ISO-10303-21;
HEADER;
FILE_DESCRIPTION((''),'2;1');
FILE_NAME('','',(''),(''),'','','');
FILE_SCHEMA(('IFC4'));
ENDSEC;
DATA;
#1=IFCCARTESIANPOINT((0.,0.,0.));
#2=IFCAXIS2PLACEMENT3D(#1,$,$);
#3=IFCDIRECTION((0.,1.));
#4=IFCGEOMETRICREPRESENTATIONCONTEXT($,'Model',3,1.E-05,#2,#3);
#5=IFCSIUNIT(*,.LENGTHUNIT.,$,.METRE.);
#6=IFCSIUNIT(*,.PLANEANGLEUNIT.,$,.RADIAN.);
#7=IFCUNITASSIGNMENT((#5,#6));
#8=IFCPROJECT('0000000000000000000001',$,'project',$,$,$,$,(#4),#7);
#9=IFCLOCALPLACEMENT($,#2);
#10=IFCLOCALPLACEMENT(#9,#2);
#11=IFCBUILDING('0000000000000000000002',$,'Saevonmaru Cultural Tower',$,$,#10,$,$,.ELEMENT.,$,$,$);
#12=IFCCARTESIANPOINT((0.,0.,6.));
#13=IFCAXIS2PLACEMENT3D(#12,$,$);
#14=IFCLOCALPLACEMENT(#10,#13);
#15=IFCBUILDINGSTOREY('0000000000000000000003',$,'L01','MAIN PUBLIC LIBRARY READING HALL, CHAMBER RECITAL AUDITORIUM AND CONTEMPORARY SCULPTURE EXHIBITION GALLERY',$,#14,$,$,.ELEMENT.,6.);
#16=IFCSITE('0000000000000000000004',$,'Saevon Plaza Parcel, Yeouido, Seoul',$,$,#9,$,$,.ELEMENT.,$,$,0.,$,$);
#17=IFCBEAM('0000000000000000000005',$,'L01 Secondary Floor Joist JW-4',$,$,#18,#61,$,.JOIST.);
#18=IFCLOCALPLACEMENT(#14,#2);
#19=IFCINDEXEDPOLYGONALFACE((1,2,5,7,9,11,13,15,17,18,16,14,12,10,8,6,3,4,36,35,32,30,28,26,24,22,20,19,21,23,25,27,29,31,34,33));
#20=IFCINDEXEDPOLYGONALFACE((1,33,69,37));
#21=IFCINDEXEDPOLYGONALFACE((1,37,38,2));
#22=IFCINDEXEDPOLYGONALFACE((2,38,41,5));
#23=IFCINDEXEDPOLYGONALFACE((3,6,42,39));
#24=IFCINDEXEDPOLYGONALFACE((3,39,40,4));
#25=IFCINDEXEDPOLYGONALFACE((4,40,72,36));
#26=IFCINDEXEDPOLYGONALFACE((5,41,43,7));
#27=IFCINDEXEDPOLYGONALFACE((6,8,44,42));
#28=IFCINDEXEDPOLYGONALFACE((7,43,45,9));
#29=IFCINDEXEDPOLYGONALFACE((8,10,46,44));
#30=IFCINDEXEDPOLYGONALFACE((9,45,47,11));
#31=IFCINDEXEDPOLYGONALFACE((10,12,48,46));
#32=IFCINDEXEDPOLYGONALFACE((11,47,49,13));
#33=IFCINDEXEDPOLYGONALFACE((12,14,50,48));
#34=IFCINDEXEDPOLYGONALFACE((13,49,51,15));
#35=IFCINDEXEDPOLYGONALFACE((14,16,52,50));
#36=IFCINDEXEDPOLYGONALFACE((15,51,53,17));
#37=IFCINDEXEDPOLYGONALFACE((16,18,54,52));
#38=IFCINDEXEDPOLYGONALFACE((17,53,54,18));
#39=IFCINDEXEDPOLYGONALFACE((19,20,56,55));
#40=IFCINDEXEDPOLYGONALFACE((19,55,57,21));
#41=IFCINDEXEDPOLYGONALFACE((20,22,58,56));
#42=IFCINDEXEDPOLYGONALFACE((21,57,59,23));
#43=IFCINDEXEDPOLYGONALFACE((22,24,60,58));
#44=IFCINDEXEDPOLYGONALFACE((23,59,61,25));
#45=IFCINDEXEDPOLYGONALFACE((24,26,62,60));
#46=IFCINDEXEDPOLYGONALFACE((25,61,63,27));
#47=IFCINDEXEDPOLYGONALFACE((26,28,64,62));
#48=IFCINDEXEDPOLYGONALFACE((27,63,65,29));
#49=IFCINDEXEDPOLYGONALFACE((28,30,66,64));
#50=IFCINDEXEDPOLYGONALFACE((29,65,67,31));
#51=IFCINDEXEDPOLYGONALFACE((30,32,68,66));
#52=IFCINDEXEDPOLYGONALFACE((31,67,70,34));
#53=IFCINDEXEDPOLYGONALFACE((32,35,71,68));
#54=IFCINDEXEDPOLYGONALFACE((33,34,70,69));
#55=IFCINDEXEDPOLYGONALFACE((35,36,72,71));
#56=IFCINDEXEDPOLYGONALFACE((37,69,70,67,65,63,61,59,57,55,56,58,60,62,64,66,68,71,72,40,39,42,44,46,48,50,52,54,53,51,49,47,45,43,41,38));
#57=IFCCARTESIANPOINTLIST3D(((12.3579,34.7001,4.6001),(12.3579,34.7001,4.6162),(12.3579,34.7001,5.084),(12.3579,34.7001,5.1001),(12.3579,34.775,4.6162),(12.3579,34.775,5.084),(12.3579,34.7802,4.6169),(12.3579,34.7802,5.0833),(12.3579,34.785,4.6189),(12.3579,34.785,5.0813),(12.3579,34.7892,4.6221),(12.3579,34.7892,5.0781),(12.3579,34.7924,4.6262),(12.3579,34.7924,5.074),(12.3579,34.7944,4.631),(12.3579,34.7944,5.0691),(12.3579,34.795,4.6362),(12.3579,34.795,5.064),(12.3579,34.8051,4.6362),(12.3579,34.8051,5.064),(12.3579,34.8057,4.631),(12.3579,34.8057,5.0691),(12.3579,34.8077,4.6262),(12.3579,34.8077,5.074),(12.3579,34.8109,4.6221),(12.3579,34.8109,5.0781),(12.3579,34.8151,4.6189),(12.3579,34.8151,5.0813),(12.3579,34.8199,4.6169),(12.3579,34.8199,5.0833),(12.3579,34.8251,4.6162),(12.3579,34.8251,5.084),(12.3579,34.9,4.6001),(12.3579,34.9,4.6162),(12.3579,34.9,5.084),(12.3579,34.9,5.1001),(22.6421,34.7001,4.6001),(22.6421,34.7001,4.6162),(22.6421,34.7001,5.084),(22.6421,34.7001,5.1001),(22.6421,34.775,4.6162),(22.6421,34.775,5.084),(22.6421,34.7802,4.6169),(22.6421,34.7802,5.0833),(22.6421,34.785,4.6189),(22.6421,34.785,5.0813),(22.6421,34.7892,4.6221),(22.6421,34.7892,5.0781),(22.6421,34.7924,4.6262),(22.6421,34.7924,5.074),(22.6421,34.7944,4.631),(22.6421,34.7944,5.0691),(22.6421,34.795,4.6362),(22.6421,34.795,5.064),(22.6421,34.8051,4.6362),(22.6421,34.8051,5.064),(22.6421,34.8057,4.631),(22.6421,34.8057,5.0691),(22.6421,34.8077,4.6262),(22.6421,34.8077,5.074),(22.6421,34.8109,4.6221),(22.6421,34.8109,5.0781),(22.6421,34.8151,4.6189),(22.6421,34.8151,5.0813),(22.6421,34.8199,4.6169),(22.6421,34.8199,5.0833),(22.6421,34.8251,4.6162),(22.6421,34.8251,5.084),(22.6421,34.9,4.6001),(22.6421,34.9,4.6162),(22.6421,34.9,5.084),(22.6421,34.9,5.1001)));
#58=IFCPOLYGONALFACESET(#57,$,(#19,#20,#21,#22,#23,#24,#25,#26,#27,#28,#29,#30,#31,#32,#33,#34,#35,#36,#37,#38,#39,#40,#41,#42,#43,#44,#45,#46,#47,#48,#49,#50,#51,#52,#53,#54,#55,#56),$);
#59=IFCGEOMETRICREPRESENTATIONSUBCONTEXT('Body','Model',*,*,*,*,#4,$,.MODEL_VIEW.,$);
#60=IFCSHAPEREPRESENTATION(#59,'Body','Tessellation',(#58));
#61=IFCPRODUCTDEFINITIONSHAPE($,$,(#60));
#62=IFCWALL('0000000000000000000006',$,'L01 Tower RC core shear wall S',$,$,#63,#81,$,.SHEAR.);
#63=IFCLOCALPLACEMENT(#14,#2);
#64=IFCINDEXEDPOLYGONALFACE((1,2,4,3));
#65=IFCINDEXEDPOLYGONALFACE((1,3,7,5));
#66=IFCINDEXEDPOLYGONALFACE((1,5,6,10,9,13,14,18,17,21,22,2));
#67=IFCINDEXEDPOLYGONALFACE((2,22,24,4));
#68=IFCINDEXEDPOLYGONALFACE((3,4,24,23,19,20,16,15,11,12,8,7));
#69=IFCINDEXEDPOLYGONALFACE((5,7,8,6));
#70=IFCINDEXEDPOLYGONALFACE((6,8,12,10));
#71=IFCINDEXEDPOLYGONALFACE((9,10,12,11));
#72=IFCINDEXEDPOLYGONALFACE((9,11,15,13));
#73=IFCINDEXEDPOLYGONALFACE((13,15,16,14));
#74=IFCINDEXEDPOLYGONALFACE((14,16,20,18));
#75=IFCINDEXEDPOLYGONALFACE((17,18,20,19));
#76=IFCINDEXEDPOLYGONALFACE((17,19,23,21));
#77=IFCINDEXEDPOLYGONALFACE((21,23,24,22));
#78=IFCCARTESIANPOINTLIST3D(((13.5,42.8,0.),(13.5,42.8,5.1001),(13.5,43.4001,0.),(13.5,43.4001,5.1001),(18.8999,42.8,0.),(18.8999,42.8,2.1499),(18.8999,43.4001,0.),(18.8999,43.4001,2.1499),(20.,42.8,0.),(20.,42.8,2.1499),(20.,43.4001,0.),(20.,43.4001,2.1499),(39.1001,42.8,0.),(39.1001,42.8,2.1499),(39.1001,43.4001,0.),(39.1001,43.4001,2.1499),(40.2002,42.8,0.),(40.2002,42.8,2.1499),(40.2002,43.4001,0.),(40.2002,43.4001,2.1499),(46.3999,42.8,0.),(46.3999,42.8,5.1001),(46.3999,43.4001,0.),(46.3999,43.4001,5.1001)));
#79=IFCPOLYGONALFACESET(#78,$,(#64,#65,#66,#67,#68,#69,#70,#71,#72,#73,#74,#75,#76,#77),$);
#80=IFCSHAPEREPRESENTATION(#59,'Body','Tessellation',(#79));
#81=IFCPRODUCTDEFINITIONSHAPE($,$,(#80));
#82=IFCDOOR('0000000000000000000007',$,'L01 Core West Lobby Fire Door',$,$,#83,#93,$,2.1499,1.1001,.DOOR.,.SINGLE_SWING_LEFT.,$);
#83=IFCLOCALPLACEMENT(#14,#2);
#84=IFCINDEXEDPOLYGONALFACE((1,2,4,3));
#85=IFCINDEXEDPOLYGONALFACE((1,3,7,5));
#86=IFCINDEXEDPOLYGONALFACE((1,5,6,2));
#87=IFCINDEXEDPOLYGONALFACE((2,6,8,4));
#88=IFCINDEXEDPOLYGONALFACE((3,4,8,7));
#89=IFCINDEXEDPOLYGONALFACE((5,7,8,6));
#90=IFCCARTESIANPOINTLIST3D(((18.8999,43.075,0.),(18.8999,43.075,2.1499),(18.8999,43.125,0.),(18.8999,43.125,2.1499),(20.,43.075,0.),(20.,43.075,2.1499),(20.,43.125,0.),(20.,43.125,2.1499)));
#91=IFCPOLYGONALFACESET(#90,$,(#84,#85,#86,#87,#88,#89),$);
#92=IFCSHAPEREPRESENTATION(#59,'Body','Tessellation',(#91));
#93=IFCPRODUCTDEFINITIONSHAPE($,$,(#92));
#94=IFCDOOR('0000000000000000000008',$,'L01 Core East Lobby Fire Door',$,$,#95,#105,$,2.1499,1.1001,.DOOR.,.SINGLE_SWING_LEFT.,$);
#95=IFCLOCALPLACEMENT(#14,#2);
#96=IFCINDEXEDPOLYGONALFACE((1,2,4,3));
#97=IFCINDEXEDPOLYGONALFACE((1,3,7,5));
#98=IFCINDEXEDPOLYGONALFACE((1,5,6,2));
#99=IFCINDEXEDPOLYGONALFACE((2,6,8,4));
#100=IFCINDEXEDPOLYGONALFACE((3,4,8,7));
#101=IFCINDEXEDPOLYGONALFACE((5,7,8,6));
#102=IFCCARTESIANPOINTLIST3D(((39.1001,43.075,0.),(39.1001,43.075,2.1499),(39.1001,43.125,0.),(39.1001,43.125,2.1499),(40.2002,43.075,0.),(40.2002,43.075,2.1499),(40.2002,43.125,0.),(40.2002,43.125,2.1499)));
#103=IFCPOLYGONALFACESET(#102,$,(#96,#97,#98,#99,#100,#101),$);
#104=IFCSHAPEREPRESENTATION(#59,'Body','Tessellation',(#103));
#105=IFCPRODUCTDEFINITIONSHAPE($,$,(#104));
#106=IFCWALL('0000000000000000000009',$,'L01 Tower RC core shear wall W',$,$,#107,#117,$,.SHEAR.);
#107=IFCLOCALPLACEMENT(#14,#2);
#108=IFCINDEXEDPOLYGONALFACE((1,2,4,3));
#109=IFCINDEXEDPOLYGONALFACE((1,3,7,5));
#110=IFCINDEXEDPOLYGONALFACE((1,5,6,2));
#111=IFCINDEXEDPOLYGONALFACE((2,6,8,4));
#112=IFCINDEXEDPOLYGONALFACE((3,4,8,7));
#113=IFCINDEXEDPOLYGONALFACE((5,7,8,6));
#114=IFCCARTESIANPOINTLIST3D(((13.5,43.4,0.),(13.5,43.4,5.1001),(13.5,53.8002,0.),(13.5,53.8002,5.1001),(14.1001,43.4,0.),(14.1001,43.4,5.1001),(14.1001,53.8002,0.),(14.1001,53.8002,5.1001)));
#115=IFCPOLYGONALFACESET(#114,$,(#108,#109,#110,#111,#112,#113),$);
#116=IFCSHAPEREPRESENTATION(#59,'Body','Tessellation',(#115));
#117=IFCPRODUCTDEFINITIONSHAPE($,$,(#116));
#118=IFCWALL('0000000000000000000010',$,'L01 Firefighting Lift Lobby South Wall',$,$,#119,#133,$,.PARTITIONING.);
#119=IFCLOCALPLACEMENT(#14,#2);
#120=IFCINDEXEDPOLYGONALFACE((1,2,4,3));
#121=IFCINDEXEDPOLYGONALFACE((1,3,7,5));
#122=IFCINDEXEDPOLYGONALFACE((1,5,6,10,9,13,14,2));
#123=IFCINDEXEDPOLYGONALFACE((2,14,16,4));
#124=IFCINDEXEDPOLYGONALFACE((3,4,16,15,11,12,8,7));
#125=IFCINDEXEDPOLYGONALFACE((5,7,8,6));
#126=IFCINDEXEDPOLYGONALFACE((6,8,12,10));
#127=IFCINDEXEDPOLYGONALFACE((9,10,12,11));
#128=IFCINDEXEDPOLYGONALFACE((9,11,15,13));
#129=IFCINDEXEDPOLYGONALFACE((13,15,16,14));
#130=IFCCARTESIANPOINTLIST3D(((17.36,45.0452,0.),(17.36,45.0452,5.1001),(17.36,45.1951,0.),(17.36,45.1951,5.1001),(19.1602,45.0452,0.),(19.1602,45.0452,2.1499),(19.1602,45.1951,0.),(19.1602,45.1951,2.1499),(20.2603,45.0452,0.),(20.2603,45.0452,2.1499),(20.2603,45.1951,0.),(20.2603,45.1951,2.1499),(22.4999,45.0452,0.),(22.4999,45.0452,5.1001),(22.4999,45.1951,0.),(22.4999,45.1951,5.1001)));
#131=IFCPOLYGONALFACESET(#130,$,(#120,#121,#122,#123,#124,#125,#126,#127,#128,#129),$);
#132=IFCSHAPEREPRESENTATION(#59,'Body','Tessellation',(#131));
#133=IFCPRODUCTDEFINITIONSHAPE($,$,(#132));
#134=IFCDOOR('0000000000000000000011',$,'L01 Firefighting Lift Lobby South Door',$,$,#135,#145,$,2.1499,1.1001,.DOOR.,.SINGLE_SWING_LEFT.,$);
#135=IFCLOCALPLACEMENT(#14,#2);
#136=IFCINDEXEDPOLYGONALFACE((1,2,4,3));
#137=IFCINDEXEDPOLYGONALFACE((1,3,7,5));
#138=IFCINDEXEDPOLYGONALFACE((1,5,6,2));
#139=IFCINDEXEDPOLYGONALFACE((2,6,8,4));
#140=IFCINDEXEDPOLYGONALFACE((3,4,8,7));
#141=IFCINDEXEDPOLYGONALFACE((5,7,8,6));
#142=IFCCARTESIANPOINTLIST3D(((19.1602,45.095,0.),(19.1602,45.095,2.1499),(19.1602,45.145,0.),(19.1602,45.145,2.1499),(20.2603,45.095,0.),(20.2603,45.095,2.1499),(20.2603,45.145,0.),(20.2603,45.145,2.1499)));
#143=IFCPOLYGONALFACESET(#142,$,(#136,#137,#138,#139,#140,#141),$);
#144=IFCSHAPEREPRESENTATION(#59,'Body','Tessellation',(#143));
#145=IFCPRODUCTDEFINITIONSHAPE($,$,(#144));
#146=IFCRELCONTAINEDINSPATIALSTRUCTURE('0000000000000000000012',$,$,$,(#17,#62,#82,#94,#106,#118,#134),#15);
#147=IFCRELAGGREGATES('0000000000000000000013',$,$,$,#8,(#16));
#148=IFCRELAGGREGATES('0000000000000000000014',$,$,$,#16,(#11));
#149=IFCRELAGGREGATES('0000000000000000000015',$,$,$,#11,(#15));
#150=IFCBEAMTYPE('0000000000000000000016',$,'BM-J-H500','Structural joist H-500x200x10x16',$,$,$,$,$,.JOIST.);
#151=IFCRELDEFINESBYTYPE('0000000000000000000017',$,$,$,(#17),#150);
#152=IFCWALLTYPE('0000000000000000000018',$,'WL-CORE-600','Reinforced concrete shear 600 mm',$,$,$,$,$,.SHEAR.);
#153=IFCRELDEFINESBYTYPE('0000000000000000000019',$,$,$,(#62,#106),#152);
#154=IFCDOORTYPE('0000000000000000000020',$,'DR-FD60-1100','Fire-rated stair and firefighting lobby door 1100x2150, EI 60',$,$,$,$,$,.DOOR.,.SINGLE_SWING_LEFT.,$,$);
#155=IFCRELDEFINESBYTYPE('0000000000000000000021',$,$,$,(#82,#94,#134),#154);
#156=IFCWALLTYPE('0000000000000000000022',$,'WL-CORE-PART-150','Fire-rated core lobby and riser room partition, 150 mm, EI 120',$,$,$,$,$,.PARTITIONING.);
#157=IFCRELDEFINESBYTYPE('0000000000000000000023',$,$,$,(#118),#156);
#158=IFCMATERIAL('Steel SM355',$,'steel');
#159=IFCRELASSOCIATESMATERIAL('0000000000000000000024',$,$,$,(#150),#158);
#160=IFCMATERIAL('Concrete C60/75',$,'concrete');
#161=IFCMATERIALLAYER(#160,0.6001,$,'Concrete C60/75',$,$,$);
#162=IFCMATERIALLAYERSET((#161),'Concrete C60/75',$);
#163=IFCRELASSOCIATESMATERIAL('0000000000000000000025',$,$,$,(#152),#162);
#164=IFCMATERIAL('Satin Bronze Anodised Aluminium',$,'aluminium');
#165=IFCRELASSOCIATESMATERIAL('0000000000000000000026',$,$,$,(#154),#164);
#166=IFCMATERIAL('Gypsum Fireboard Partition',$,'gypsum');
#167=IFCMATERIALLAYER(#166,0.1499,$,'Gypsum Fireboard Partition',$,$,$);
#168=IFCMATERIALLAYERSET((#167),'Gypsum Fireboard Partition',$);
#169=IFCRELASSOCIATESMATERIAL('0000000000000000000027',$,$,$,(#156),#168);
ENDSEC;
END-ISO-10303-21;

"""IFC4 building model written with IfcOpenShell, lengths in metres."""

from ifc_helpers import new_model, si_unit, direction, frame, frame_2d, origin, origin_2d, place, context, subcontext, project, spatial, rectangle, i_section, extrude, material, layer, layer_set, material_profile, profile_set, type_object, element, fill, save


model = new_model("IFC4")

# Units and contexts
model_context = context("Model", 3, precision=1e-05, world=origin(), true_north=direction((0.0, 1.0)))
body_context = subcontext(model_context, "Body", "Model", "MODEL_VIEW")
ifc_project = project(units=[si_unit("LENGTHUNIT", "METRE"), si_unit("PLANEANGLEUNIT", "RADIAN")], contexts=[model_context])

# Site, building, storey
site_placement = place(None, origin())
site = spatial("IfcSite", under=ifc_project, at=site_placement, Name="Saevon Plaza Parcel, Yeouido, Seoul", CompositionType="ELEMENT", RefElevation=0.0)
building_placement = place(site_placement, origin())
building = spatial("IfcBuilding", under=site, at=building_placement, Name="Saevonmaru Cultural Tower", CompositionType="ELEMENT")
storey_placement = place(building_placement, frame((0.0, 0.0, 6.0)))
storey = spatial("IfcBuildingStorey", under=building, at=storey_placement, Name="L01", Description="MAIN PUBLIC LIBRARY READING HALL, CHAMBER RECITAL AUDITORIUM AND CONTEMPORARY SCULPTURE EXHIBITION GALLERY", CompositionType="ELEMENT", Elevation=6.0)

# Beam
ifc_material_1 = material(Name="Steel SM355", Category="steel")
ifc_material_profile_1 = material_profile(ifc_material_1, i_section(OverallWidth=0.2, OverallDepth=0.5, WebThickness=0.01, FlangeThickness=0.0161, FilletRadius=0.02, at=origin_2d()), Name="H-500x200x10x16")
ifc_profile_set_1 = profile_set([ifc_material_profile_1], Name="Steel SM355")
beam_type_1 = type_object("IfcBeamType", Name="BM-J-H500", Description="Structural joist H-500x200x10x16", PredefinedType="JOIST", material=ifc_profile_set_1)
beam_1_placement = place(storey_placement, frame((12.3579, 34.8, 4.8501), z_axis=(1.0, 0.0, 0.0), x_axis=(0.0, 1.0, 0.0)))
element("IfcBeam", 1, at=beam_1_placement, inside=storey, type_object=beam_type_1, Name="L01 Secondary Floor Joist JW-4", PredefinedType="JOIST", context=body_context, shape_type="SweptSolid", body=[
    extrude(i_section(OverallWidth=0.2, OverallDepth=0.5, WebThickness=0.01, FlangeThickness=0.0161, FilletRadius=0.02, at=origin_2d()), origin(), (0.0, 0.0, 1.0), 10.2842),
])

# Wall, openings, doors
ifc_material_2 = material(Name="Concrete C60/75", Category="concrete")
ifc_layer_1 = layer(ifc_material_2, 0.6001, Name="Concrete C60/75")
ifc_layer_set_1 = layer_set([ifc_layer_1], Name="Concrete C60/75")
wall_type_1 = type_object("IfcWallType", Name="WL-CORE-600", Description="Reinforced concrete shear 600 mm", PredefinedType="SHEAR", material=ifc_layer_set_1)
wall_1_placement = place(storey_placement, frame((13.5, 43.1001, 0.0), z_axis=(0.0, 0.0, 1.0), x_axis=(1.0, 0.0, 0.0)))
wall_1 = element("IfcWall", 2, at=wall_1_placement, inside=storey, type_object=wall_type_1, Name="L01 Tower RC core shear wall S", PredefinedType="SHEAR", context=body_context, shape_type="SweptSolid", body=[
    extrude(rectangle(XDim=32.8999, YDim=0.6001, at=frame_2d((16.45, 0.0))), origin(), (0.0, 0.0, 1.0), 5.1001),
])
opening_1_placement = place(wall_1_placement, frame((5.3999, 0.0, 0.0)))
opening_1 = element("IfcOpeningElement", 3, at=opening_1_placement, cuts=wall_1, PredefinedType="OPENING", context=body_context, shape_type="SweptSolid", body=[
    extrude(rectangle(XDim=1.1001, YDim=2.1499, at=frame_2d((0.55, 1.075))), frame((0.0, 0.3101, 0.0), z_axis=(0.0, -1.0, 0.0), x_axis=(1.0, 0.0, 0.0)), (0.0, 0.0, 1.0), 0.6201),
])
opening_2_placement = place(wall_1_placement, frame((25.6001, 0.0, 0.0)))
opening_2 = element("IfcOpeningElement", 4, at=opening_2_placement, cuts=wall_1, PredefinedType="OPENING", context=body_context, shape_type="SweptSolid", body=[
    extrude(rectangle(XDim=1.1001, YDim=2.1499, at=frame_2d((0.55, 1.075))), frame((0.0, 0.3101, 0.0), z_axis=(0.0, -1.0, 0.0), x_axis=(1.0, 0.0, 0.0)), (0.0, 0.0, 1.0), 0.6201),
])
ifc_material_3 = material(Name="Satin Bronze Anodised Aluminium", Category="aluminium")
door_type_1 = type_object("IfcDoorType", Name="DR-FD60-1100", Description="Fire-rated stair and firefighting lobby door 1100x2150, EI 60", OperationType="SINGLE_SWING_LEFT", PredefinedType="DOOR", material=ifc_material_3)
door_1_placement = place(opening_1_placement, origin())
door_1 = element("IfcDoor", 5, at=door_1_placement, inside=storey, type_object=door_type_1, Name="L01 Core West Lobby Fire Door", OperationType="SINGLE_SWING_LEFT", OverallHeight=2.1499, OverallWidth=1.1001, PredefinedType="DOOR", context=body_context, shape_type="SweptSolid", body=[
    extrude(rectangle(XDim=1.1001, YDim=2.1499, at=frame_2d((0.55, 1.075))), frame((0.0, 0.0249, 0.0), z_axis=(0.0, -1.0, 0.0), x_axis=(1.0, 0.0, 0.0)), (0.0, 0.0, 1.0), 0.05),
])
fill(opening_1, door_1)
door_2_placement = place(opening_2_placement, origin())
door_2 = element("IfcDoor", 6, at=door_2_placement, inside=storey, type_object=door_type_1, Name="L01 Core East Lobby Fire Door", OperationType="SINGLE_SWING_LEFT", OverallHeight=2.1499, OverallWidth=1.1001, PredefinedType="DOOR", context=body_context, shape_type="SweptSolid", body=[
    extrude(rectangle(XDim=1.1001, YDim=2.1499, at=frame_2d((0.55, 1.075))), frame((0.0, 0.0249, 0.0), z_axis=(0.0, -1.0, 0.0), x_axis=(1.0, 0.0, 0.0)), (0.0, 0.0, 1.0), 0.05),
])
fill(opening_2, door_2)

# Wall
wall_2_placement = place(storey_placement, frame((13.8, 43.3999, 0.0), z_axis=(0.0, 0.0, 1.0), x_axis=(0.0, 1.0, 0.0)))
element("IfcWall", 7, at=wall_2_placement, inside=storey, type_object=wall_type_1, Name="L01 Tower RC core shear wall W", PredefinedType="SHEAR", context=body_context, shape_type="SweptSolid", body=[
    extrude(rectangle(XDim=10.4001, YDim=0.6001, at=frame_2d((5.2002, 0.0))), origin(), (0.0, 0.0, 1.0), 5.1001),
])

# Wall, opening, door
ifc_material_4 = material(Name="Gypsum Fireboard Partition", Category="gypsum")
ifc_layer_2 = layer(ifc_material_4, 0.1499, Name="Gypsum Fireboard Partition")
ifc_layer_set_2 = layer_set([ifc_layer_2], Name="Gypsum Fireboard Partition")
wall_type_2 = type_object("IfcWallType", Name="WL-CORE-PART-150", Description="Fire-rated core lobby and riser room partition, 150 mm, EI 120", PredefinedType="PARTITIONING", material=ifc_layer_set_2)
wall_3_placement = place(storey_placement, frame((17.3601, 45.1201, 0.0), z_axis=(0.0, 0.0, 1.0), x_axis=(1.0, 0.0, 0.0)))
wall_3 = element("IfcWall", 8, at=wall_3_placement, inside=storey, type_object=wall_type_2, Name="L01 Firefighting Lift Lobby South Wall", PredefinedType="PARTITIONING", context=body_context, shape_type="SweptSolid", body=[
    extrude(rectangle(XDim=5.1399, YDim=0.1499, at=frame_2d((2.5698, 0.0))), origin(), (0.0, 0.0, 1.0), 5.1001),
])
opening_3_placement = place(wall_3_placement, frame((1.8, 0.0, 0.0)))
opening_3 = element("IfcOpeningElement", 9, at=opening_3_placement, cuts=wall_3, PredefinedType="OPENING", context=body_context, shape_type="SweptSolid", body=[
    extrude(rectangle(XDim=1.1001, YDim=2.1499, at=frame_2d((0.55, 1.075))), frame((0.0, 0.085, 0.0), z_axis=(0.0, -1.0, 0.0), x_axis=(1.0, 0.0, 0.0)), (0.0, 0.0, 1.0), 0.1699),
])
door_3_placement = place(opening_3_placement, origin())
door_3 = element("IfcDoor", 10, at=door_3_placement, inside=storey, type_object=door_type_1, Name="L01 Firefighting Lift Lobby South Door", OperationType="SINGLE_SWING_LEFT", OverallHeight=2.1499, OverallWidth=1.1001, PredefinedType="DOOR", context=body_context, shape_type="SweptSolid", body=[
    extrude(rectangle(XDim=1.1001, YDim=2.1499, at=frame_2d((0.55, 1.075))), frame((0.0, 0.0249, 0.0), z_axis=(0.0, -1.0, 0.0), x_axis=(1.0, 0.0, 0.0)), (0.0, 0.0, 1.0), 0.05),
])
fill(opening_3, door_3)

save(model, "model.ifc")
